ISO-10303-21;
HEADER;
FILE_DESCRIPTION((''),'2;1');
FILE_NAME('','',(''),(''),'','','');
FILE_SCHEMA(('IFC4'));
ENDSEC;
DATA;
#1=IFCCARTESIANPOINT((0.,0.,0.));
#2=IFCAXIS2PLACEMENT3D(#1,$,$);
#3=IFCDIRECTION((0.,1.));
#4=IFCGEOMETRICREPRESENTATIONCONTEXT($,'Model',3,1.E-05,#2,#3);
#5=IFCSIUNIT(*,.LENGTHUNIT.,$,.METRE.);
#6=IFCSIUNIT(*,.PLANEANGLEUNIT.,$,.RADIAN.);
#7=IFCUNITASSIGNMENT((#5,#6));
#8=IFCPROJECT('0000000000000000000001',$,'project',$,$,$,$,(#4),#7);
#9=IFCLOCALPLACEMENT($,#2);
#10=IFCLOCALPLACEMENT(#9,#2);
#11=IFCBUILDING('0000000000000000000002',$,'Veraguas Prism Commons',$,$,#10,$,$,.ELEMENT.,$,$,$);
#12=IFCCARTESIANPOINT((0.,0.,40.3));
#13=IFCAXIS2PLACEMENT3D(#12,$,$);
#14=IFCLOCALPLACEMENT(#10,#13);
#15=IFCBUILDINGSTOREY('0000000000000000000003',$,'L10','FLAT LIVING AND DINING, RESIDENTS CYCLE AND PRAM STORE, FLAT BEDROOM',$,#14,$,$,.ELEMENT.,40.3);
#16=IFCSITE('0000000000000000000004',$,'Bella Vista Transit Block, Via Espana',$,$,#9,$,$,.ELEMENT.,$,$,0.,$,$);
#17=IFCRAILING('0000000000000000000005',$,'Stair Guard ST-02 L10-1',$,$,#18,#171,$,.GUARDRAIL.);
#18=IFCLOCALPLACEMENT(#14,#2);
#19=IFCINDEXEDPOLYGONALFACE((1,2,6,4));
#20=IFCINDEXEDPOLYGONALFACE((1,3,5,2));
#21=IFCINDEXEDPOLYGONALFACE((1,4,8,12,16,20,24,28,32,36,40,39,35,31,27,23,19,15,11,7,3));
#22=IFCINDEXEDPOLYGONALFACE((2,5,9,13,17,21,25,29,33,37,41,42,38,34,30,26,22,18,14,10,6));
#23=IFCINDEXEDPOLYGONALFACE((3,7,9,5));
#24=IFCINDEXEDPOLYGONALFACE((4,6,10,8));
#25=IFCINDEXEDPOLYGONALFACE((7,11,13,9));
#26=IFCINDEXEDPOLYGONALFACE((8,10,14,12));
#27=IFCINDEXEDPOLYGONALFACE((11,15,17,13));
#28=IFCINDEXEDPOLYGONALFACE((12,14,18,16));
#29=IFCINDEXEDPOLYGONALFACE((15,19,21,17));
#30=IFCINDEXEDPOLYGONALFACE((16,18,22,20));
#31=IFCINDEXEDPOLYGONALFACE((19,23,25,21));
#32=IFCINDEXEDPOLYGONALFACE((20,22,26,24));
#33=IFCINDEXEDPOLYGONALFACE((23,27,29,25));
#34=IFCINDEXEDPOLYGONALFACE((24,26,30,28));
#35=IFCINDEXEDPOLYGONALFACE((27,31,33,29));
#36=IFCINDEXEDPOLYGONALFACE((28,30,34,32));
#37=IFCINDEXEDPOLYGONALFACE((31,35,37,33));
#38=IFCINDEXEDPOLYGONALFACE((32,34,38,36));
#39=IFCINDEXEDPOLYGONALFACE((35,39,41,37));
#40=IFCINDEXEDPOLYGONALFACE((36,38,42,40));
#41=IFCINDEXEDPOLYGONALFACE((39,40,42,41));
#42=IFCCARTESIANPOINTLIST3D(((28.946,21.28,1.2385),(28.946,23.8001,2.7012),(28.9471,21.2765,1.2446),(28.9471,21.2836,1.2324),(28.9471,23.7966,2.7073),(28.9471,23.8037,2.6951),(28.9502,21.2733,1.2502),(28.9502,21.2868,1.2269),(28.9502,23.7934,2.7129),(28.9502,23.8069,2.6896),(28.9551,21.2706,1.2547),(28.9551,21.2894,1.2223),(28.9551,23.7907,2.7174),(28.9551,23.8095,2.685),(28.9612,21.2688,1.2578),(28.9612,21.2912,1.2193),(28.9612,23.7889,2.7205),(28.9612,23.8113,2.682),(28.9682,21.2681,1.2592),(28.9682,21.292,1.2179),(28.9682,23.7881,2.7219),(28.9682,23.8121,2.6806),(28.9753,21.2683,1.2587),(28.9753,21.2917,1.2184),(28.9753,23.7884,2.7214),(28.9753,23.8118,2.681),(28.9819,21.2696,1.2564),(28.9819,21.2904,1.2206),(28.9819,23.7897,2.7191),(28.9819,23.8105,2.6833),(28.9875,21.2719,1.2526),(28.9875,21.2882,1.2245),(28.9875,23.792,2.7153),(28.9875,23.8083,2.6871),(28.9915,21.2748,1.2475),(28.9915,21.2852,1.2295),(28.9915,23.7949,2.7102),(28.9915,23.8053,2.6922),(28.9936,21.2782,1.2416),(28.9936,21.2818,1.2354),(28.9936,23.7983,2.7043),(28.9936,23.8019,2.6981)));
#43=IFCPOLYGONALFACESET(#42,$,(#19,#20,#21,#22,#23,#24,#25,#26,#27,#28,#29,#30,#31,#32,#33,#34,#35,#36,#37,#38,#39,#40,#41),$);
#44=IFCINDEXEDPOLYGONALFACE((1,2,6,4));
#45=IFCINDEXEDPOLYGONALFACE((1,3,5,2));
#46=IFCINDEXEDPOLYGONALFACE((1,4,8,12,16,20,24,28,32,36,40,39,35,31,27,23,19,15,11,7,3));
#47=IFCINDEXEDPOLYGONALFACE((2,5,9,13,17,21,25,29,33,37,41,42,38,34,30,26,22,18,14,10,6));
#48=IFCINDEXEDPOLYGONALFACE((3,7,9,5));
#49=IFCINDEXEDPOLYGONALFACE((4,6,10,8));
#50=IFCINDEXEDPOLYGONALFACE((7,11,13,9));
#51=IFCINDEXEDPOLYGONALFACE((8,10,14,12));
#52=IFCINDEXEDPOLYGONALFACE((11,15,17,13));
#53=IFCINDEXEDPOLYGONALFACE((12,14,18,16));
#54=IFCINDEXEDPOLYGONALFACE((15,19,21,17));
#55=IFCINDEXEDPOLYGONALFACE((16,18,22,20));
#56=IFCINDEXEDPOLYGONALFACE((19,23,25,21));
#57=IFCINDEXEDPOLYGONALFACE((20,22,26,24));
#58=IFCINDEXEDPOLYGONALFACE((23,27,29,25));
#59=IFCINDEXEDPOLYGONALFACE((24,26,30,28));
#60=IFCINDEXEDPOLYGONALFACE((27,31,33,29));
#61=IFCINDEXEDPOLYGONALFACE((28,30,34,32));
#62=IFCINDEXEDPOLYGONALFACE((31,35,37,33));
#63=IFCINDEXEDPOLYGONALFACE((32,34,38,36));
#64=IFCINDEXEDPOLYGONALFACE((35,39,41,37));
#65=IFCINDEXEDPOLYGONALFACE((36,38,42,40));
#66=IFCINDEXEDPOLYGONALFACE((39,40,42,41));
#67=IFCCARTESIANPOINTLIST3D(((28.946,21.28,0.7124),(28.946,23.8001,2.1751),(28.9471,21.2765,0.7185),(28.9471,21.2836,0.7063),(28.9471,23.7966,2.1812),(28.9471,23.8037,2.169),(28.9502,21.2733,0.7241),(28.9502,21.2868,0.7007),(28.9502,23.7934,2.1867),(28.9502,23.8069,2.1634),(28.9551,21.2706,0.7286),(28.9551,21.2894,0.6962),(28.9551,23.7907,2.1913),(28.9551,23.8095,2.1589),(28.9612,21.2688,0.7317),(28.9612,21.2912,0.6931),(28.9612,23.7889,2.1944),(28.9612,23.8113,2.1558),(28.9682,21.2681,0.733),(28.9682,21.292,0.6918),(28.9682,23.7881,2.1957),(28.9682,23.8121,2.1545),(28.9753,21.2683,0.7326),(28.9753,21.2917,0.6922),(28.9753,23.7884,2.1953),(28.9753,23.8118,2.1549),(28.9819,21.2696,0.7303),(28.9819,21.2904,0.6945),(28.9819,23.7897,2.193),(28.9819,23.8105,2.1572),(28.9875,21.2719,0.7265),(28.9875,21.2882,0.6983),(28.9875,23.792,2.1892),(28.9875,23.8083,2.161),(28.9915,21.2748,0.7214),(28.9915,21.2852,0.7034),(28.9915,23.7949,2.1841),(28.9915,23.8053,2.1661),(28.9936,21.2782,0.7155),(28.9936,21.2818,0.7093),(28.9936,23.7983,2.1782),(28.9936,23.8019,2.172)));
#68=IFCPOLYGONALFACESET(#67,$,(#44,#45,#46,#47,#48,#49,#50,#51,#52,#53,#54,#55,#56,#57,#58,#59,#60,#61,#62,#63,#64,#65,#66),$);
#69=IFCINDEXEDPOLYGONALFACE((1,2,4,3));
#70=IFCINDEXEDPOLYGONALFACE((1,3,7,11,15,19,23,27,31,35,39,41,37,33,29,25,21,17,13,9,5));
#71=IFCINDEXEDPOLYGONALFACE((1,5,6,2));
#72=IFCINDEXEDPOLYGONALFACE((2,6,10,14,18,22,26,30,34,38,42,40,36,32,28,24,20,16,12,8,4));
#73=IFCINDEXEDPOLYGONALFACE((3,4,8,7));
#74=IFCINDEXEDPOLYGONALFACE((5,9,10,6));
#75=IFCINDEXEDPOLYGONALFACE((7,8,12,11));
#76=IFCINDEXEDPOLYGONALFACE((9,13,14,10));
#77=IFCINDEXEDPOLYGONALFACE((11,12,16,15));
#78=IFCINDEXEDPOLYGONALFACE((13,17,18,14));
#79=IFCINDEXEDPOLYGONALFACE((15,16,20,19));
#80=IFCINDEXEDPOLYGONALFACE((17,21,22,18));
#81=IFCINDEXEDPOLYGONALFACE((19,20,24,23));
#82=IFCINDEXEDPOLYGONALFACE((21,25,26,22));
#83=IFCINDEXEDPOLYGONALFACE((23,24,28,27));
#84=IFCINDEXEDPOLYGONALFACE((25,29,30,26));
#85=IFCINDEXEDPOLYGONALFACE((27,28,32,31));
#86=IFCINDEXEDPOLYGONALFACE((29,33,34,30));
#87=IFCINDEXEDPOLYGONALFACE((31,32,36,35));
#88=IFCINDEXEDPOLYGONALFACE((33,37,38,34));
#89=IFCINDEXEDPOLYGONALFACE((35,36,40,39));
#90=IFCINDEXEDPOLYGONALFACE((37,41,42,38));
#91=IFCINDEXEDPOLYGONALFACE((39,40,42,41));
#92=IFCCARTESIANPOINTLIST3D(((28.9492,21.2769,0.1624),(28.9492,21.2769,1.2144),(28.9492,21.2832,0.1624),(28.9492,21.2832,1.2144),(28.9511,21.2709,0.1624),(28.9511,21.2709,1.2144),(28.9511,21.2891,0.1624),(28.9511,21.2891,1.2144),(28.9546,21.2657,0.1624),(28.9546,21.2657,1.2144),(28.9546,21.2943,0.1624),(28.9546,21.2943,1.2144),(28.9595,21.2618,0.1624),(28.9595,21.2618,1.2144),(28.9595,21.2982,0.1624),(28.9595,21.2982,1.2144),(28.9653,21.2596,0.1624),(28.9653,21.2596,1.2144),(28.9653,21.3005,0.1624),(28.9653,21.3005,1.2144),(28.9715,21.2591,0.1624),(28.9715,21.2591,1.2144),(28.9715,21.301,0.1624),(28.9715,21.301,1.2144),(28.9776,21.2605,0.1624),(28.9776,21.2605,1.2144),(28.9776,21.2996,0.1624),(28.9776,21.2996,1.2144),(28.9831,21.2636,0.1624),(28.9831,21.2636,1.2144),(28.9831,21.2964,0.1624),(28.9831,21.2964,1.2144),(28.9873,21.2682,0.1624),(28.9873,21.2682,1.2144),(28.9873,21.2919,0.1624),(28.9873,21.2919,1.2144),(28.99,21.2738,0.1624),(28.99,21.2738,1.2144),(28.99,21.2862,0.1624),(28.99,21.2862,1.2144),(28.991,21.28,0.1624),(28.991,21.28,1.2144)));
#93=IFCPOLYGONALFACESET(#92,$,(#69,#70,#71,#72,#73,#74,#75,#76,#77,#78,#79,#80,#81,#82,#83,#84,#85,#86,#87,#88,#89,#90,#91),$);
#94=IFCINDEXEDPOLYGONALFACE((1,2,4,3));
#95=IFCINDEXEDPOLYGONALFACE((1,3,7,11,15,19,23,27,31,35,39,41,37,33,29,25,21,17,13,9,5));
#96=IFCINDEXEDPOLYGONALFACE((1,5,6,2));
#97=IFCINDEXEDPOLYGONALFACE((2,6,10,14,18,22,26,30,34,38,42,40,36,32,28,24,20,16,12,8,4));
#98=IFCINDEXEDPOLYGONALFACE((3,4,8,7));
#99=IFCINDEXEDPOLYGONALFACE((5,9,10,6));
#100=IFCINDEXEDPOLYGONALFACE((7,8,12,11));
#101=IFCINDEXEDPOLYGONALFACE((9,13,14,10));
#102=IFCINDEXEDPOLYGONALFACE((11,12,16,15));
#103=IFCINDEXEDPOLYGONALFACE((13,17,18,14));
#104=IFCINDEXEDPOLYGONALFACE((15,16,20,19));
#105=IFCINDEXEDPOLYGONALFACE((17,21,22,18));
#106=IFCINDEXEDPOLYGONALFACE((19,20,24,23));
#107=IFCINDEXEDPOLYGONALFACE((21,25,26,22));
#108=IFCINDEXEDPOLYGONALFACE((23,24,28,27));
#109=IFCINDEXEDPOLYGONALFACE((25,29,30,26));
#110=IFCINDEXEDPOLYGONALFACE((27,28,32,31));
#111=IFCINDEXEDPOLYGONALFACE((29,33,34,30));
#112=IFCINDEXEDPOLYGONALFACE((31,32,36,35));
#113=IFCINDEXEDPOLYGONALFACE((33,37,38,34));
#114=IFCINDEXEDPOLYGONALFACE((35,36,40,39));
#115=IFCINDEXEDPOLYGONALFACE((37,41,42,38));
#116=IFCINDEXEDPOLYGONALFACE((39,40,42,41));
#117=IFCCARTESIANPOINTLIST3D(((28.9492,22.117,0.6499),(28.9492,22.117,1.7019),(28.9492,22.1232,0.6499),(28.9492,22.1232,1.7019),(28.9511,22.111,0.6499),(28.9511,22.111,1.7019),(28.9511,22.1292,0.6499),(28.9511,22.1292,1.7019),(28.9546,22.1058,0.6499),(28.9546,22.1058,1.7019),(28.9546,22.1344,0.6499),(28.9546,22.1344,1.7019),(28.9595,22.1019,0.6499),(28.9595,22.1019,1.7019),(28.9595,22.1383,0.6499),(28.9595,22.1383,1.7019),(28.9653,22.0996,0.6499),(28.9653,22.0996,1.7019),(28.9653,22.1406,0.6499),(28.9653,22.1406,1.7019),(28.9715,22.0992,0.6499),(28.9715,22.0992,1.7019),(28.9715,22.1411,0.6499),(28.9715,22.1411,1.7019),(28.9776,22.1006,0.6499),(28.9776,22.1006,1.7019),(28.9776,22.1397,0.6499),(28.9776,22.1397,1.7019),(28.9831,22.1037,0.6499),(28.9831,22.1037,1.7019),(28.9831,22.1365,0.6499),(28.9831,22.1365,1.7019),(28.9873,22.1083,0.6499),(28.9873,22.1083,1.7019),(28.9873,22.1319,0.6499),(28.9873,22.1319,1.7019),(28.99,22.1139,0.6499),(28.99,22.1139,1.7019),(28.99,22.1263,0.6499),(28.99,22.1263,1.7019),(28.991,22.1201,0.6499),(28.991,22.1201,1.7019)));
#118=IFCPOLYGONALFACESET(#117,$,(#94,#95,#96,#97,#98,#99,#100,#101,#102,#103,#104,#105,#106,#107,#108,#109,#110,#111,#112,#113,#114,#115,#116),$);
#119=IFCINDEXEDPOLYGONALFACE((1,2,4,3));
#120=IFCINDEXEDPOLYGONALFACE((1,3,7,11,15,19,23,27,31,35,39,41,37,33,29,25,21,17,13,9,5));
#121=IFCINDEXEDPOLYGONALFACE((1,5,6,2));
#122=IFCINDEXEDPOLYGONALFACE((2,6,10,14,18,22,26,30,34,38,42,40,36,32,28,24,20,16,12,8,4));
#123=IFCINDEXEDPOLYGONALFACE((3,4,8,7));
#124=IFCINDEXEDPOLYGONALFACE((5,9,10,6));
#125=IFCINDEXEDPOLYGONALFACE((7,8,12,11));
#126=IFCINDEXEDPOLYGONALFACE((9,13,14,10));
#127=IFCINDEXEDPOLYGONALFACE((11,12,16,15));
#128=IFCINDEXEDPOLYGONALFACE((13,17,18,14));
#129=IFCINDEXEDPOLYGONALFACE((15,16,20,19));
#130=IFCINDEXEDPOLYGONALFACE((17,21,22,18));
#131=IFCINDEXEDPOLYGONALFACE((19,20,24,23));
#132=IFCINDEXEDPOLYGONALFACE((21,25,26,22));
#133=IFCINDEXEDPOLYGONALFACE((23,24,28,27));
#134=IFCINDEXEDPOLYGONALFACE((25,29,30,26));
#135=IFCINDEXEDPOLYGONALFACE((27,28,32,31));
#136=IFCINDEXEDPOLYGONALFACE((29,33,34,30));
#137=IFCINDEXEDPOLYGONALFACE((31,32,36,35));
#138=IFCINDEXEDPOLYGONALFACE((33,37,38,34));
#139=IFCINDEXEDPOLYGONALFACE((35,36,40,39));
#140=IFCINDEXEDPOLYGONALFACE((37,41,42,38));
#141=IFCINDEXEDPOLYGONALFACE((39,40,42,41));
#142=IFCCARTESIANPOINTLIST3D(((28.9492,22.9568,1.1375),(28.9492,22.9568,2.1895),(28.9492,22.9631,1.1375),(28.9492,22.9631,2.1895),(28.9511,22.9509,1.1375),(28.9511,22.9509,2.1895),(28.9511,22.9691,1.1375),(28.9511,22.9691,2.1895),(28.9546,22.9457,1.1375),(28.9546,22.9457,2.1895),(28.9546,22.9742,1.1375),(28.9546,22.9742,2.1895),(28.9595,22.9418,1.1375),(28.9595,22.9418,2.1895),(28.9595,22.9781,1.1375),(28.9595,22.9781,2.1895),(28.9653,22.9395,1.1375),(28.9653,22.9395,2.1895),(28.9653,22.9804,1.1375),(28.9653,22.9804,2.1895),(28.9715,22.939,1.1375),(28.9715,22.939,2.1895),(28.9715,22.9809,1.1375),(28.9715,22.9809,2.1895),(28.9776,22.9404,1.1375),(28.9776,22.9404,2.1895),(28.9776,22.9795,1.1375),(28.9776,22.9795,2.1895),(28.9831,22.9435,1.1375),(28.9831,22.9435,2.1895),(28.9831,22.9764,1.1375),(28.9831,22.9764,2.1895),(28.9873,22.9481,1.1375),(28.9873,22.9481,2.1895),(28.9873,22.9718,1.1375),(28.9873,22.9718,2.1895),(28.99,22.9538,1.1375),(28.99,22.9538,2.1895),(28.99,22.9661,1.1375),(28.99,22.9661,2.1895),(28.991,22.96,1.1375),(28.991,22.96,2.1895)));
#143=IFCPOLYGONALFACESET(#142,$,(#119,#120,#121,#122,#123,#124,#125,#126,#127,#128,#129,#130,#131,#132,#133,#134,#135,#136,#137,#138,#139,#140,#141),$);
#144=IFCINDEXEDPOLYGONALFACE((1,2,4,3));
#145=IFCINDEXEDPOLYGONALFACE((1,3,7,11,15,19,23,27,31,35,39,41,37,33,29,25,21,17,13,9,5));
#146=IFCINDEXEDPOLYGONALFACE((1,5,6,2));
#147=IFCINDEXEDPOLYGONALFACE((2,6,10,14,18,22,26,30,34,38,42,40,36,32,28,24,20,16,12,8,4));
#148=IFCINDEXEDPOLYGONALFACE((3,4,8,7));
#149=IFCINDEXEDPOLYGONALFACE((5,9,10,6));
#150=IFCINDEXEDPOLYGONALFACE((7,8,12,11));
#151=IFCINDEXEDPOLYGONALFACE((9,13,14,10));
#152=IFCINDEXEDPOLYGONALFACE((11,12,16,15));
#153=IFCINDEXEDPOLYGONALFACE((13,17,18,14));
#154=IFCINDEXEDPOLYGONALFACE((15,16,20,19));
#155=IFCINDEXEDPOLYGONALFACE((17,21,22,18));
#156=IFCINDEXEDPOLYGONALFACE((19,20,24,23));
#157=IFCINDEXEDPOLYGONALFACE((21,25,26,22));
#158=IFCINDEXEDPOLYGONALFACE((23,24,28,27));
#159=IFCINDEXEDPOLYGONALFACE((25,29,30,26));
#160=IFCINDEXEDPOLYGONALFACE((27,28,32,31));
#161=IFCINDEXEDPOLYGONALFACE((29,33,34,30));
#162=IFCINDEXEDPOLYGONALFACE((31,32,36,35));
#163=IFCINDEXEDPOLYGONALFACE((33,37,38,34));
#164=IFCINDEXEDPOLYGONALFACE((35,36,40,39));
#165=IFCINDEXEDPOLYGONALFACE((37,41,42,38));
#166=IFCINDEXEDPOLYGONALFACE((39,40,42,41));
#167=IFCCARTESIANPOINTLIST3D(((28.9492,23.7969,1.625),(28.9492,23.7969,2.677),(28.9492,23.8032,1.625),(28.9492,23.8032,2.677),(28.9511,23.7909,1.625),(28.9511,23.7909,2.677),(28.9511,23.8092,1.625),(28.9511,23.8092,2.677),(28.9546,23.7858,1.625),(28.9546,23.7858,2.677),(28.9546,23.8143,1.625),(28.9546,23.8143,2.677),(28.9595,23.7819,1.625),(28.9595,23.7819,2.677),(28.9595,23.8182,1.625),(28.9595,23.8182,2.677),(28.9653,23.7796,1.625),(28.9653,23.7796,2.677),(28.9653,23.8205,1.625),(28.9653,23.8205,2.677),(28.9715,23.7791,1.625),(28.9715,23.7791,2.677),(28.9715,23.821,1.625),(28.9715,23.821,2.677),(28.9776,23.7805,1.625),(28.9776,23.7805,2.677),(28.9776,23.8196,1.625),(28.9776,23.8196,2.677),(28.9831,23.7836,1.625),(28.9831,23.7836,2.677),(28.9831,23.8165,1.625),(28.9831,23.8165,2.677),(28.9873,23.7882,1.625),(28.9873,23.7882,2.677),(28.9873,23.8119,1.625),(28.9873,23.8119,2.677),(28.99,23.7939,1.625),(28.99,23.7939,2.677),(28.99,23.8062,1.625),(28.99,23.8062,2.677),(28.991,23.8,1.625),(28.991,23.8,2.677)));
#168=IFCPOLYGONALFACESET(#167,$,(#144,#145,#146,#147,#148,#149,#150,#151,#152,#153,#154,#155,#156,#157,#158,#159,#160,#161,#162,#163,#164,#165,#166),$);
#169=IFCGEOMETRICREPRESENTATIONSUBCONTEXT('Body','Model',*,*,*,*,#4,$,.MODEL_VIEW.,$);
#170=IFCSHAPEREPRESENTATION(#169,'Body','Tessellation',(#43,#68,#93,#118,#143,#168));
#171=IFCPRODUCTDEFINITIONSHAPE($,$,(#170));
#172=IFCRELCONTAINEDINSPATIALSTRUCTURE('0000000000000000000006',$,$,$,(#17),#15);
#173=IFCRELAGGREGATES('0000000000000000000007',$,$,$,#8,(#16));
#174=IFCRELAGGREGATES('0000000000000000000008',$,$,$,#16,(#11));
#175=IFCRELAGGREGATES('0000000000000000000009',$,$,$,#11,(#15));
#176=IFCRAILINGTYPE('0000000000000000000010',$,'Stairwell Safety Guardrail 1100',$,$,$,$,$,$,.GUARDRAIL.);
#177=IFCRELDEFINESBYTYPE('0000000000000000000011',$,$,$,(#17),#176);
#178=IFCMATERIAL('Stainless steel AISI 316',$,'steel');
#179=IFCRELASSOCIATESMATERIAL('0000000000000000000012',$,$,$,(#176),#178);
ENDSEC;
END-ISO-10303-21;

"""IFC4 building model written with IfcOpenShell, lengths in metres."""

from ifc_helpers import new_model, si_unit, direction, frame, origin, origin_2d, place, context, subcontext, project, spatial, circle, extrude, material, type_object, element, save


model = new_model("IFC4")

# Units and contexts
model_context = context("Model", 3, precision=1e-05, world=origin(), true_north=direction((0.0, 1.0)))
body_context = subcontext(model_context, "Body", "Model", "MODEL_VIEW")
ifc_project = project(units=[si_unit("LENGTHUNIT", "METRE"), si_unit("PLANEANGLEUNIT", "RADIAN")], contexts=[model_context])

# Site, building, storey
site_placement = place(None, origin())
site = spatial("IfcSite", under=ifc_project, at=site_placement, Name="Bella Vista Transit Block, Via Espana", CompositionType="ELEMENT", RefElevation=0.0)
building_placement = place(site_placement, origin())
building = spatial("IfcBuilding", under=site, at=building_placement, Name="Veraguas Prism Commons", CompositionType="ELEMENT")
storey_placement = place(building_placement, frame((0.0, 0.0, 40.3)))
storey = spatial("IfcBuildingStorey", under=building, at=storey_placement, Name="L10", Description="FLAT LIVING AND DINING, RESIDENTS CYCLE AND PRAM STORE, FLAT BEDROOM", CompositionType="ELEMENT", Elevation=40.3)

# Shared definitions
ifc_material_1 = material(Name="Stainless steel AISI 316", Category="steel")

# Railing
railing_type_1 = type_object("IfcRailingType", Name="Stairwell Safety Guardrail 1100", PredefinedType="GUARDRAIL", material=ifc_material_1)
railing_1_placement = place(storey_placement, frame((28.97, 21.28, 0.1624)))
element("IfcRailing", 1, at=railing_1_placement, inside=storey, type_object=railing_type_1, Name="Stair Guard ST-02 L10-1", PredefinedType="GUARDRAIL", context=body_context, shape_type="SweptSolid", body=[
    extrude(circle(Radius=0.0239, at=origin_2d()), frame((0.0, 0.0, 1.0762), z_axis=(0.0, 0.864877, 0.501984), x_axis=(-1.0, 0.0, 0.0)), (0.0, 0.0, 1.0), 2.9138),
    extrude(circle(Radius=0.0239, at=origin_2d()), frame((0.0, 0.0, 0.55), z_axis=(0.0, 0.864877, 0.501984), x_axis=(-1.0, 0.0, 0.0)), (0.0, 0.0, 1.0), 2.9138),
    extrude(circle(Radius=0.021, at=origin_2d()), origin(), (0.0, 0.0, 1.0), 1.052),
    extrude(circle(Radius=0.021, at=origin_2d()), frame((0.0, 0.8401, 0.4875)), (0.0, 0.0, 1.0), 1.052),
    extrude(circle(Radius=0.021, at=origin_2d()), frame((0.0, 1.6799, 0.9751)), (0.0, 0.0, 1.0), 1.052),
    extrude(circle(Radius=0.021, at=origin_2d()), frame((0.0, 2.52, 1.4626)), (0.0, 0.0, 1.0), 1.052),
])

save(model, "model.ifc")
